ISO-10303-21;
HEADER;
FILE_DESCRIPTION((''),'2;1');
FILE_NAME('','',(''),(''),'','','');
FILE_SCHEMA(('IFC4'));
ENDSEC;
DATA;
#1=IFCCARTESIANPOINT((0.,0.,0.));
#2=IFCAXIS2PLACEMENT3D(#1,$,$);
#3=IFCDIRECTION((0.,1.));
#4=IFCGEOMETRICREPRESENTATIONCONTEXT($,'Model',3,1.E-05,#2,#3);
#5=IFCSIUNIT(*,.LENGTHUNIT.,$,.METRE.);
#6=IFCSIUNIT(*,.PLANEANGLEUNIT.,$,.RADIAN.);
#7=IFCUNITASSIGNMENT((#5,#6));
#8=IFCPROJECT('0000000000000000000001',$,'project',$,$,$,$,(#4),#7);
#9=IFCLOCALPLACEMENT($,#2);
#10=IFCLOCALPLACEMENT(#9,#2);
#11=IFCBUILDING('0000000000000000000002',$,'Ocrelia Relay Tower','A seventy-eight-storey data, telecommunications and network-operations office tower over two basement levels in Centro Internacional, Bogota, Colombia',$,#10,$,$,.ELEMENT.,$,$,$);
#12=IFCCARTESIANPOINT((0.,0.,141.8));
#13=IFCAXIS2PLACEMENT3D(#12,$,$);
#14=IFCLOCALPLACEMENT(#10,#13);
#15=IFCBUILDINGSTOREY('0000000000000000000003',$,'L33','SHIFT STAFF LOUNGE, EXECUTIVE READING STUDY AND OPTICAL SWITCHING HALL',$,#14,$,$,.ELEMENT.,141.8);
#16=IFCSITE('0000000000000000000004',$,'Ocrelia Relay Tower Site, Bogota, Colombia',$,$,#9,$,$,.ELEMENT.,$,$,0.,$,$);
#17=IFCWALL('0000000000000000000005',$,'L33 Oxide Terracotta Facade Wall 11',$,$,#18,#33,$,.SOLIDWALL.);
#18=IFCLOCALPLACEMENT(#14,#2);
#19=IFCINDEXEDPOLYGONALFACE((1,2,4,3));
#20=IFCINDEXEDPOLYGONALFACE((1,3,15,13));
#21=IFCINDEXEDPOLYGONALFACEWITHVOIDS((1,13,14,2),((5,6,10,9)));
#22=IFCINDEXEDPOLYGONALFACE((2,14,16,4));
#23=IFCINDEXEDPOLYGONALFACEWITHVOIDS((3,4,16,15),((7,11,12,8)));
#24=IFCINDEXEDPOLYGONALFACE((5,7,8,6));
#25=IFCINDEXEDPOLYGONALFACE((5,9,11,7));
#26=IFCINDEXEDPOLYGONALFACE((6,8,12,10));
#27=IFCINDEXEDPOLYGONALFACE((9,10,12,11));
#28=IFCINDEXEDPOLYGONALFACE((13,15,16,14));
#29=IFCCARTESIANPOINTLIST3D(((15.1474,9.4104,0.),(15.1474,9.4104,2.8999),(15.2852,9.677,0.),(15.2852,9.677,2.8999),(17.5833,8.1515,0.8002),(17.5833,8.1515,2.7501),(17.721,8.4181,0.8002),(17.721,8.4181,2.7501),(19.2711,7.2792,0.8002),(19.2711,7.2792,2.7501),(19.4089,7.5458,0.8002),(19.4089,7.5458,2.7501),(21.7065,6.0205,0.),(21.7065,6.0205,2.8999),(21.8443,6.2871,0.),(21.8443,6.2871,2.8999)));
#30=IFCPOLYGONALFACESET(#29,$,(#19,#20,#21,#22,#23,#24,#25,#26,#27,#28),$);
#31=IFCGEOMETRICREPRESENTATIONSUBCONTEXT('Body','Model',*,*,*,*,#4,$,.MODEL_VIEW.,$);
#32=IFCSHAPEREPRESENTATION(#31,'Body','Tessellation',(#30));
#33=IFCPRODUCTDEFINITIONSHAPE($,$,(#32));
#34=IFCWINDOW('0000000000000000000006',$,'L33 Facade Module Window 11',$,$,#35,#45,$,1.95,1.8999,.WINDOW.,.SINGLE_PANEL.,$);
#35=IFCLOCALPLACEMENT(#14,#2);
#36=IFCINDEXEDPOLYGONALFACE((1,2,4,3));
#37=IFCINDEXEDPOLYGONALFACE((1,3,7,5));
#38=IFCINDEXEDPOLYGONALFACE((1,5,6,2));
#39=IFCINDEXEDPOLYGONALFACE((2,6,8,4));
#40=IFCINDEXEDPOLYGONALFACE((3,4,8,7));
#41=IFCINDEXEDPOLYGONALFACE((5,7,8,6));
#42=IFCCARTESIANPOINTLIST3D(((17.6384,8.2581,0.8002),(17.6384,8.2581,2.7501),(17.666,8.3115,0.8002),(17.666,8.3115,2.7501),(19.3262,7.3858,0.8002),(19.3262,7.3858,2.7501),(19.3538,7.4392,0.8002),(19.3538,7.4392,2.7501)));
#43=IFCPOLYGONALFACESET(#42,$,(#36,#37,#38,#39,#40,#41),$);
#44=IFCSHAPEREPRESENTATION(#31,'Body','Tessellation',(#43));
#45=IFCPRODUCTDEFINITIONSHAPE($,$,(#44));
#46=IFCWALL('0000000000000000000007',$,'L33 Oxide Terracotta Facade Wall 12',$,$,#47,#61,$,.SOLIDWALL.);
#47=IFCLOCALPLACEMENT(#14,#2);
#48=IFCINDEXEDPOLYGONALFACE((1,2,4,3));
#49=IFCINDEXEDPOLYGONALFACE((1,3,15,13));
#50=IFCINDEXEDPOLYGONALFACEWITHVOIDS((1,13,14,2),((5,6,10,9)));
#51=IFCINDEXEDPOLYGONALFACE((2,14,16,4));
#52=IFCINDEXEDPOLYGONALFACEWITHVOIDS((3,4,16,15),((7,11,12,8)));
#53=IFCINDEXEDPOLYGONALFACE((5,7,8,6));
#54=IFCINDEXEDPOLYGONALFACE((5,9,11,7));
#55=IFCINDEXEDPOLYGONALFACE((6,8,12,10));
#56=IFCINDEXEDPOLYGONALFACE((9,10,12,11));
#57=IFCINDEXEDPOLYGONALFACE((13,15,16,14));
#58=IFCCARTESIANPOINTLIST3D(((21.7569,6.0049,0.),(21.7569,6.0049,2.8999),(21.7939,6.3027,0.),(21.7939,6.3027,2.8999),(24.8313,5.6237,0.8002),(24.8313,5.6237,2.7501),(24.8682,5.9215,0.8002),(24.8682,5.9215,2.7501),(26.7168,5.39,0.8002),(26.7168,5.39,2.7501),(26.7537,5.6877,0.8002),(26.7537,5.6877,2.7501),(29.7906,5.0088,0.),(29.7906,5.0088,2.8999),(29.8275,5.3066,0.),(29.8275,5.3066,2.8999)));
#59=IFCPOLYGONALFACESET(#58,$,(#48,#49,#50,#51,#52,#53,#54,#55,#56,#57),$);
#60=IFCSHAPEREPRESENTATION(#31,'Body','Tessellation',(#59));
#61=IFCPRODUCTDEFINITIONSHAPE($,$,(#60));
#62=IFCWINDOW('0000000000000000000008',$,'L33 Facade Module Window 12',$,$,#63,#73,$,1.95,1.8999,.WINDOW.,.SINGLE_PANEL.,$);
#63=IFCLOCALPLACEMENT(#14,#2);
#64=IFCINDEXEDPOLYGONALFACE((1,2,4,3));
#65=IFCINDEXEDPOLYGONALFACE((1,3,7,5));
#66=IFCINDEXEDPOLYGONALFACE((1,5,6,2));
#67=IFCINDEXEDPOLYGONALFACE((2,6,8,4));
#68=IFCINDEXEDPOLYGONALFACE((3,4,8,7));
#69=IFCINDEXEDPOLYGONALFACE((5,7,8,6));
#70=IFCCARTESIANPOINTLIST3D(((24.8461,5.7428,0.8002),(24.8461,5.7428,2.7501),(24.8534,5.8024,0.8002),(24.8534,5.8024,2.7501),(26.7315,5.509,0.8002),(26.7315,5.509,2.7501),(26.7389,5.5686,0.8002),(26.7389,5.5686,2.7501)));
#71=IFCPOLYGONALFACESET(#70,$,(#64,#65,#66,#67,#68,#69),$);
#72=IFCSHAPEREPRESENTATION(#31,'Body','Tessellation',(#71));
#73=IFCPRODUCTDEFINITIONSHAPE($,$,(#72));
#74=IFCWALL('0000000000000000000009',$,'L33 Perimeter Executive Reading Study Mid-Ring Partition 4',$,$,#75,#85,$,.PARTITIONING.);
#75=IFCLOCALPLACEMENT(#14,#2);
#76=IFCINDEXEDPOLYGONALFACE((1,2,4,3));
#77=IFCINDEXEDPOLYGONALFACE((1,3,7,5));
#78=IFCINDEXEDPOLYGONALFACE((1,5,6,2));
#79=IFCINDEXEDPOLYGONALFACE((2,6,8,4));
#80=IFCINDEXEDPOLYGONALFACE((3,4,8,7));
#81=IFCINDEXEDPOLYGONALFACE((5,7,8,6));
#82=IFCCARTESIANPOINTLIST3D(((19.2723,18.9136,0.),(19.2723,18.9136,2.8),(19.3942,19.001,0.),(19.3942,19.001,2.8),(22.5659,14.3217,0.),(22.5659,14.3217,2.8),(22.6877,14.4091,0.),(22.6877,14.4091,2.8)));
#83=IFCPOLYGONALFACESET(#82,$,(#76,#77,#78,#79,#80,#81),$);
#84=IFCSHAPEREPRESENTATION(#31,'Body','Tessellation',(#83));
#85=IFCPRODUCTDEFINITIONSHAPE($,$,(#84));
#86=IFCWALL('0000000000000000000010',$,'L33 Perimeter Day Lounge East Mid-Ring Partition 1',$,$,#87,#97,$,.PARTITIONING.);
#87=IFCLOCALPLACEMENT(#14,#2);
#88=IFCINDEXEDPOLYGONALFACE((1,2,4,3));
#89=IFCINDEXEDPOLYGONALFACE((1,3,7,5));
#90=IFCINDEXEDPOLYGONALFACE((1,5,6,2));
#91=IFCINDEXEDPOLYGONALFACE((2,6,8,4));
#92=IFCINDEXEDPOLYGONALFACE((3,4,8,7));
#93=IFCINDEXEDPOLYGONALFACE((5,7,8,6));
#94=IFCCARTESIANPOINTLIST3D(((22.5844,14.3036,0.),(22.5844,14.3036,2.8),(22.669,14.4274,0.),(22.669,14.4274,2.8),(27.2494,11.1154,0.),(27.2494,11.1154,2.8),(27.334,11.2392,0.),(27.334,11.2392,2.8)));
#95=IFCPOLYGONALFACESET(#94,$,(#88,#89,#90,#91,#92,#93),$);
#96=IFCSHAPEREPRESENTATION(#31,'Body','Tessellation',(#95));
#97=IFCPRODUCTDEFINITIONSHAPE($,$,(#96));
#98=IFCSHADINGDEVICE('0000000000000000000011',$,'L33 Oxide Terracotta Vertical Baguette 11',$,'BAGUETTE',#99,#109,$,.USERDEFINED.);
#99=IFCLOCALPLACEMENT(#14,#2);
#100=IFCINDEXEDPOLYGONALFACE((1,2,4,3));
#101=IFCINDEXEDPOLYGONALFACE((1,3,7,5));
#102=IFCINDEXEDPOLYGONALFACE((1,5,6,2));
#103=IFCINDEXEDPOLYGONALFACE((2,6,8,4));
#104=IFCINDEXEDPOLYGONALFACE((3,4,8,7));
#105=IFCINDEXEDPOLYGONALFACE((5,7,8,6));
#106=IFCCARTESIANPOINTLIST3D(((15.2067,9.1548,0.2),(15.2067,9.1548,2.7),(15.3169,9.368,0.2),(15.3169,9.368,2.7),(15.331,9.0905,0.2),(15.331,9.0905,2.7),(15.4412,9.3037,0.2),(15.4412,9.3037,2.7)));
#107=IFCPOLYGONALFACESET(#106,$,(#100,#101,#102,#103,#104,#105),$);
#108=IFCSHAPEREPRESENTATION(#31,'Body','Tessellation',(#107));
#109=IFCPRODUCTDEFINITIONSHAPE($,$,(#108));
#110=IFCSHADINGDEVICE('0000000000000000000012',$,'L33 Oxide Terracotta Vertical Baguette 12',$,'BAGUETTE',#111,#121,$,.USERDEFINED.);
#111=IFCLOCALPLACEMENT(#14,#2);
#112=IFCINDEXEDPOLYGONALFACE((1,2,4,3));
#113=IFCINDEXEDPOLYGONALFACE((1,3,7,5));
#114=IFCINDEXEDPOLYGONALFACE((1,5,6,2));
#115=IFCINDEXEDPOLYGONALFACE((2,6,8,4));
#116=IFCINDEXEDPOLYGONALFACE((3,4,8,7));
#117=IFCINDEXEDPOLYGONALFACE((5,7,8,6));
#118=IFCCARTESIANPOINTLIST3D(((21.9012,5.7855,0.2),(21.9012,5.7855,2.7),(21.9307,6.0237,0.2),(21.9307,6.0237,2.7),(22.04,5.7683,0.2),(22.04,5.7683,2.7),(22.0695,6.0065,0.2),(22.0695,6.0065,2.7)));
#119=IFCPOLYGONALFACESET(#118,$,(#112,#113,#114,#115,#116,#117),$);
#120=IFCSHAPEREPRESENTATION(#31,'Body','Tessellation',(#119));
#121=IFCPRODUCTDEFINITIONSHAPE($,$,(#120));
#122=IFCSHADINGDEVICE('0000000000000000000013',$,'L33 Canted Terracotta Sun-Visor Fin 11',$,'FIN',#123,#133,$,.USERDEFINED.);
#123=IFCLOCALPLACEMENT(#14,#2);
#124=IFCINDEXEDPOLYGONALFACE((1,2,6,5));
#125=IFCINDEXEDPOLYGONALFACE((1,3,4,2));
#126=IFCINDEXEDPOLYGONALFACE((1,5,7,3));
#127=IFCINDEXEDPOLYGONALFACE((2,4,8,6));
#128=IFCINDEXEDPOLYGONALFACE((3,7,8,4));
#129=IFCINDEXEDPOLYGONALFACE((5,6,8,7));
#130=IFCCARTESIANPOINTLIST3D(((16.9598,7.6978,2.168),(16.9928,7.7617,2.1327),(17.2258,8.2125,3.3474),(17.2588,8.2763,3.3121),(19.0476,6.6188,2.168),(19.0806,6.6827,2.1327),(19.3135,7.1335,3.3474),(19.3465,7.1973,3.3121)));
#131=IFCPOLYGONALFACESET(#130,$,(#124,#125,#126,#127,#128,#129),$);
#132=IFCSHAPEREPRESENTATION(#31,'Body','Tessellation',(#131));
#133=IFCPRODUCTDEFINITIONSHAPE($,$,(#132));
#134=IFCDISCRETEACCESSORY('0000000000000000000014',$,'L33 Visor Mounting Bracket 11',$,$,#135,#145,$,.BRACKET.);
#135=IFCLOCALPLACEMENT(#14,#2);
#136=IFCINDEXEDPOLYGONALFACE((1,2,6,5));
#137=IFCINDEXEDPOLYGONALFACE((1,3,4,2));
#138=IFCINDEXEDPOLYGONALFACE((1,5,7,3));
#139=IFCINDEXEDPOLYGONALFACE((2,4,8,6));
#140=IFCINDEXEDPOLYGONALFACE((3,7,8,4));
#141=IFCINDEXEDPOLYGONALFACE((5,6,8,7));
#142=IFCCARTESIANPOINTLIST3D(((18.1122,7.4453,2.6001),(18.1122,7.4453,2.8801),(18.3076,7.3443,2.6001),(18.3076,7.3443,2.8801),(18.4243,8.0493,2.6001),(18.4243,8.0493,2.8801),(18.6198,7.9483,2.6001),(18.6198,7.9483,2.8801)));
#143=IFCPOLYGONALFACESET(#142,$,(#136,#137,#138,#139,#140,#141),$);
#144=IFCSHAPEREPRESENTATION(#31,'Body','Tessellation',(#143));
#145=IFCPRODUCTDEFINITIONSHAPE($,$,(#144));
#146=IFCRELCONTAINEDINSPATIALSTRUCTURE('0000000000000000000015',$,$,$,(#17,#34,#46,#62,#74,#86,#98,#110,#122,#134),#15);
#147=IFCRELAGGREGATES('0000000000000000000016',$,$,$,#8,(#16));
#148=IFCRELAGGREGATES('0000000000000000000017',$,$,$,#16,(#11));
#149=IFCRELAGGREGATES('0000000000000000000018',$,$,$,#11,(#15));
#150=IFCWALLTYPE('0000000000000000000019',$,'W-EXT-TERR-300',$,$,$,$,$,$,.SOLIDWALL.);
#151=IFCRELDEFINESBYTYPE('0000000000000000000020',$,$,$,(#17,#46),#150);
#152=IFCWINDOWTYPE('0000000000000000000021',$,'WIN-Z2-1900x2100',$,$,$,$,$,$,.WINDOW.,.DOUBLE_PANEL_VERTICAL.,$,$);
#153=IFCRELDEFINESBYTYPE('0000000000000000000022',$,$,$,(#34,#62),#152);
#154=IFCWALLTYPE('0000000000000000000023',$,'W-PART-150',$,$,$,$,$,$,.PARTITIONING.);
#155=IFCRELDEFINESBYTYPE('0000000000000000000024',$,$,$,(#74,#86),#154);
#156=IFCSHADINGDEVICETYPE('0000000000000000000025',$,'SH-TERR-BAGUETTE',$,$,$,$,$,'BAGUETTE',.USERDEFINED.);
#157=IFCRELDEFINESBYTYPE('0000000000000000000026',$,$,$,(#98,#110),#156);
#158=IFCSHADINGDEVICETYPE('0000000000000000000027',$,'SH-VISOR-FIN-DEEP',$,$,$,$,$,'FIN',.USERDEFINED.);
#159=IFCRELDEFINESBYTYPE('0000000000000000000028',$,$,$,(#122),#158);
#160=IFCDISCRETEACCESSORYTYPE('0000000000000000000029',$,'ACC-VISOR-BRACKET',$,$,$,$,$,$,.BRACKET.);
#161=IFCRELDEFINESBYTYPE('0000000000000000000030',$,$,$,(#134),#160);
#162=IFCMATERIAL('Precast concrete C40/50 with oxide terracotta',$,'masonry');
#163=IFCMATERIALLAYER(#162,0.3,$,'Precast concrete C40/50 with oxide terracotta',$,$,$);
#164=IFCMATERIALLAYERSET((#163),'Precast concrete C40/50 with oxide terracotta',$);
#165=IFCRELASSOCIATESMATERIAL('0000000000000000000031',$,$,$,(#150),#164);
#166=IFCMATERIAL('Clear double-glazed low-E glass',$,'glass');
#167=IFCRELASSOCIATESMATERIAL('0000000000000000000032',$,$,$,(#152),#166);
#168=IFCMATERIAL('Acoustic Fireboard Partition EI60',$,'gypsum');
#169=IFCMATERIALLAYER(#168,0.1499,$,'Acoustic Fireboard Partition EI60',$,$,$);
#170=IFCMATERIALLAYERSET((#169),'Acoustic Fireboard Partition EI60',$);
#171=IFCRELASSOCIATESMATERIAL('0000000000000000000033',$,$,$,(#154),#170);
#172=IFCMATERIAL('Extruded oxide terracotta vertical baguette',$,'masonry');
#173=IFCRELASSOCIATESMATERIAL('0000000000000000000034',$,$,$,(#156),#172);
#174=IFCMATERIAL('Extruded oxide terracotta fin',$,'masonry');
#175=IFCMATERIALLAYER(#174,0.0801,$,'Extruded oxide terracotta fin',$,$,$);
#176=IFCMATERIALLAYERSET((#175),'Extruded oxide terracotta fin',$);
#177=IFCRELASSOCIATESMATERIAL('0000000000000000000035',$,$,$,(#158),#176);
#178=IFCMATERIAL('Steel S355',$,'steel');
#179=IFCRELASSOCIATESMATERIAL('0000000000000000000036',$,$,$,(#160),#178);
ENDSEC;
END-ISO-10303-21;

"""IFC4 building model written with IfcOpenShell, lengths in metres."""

from ifc_helpers import new_model, si_unit, direction, frame, frame_2d, origin, origin_2d, place, context, subcontext, project, spatial, rectangle, extrude, material, layer, layer_set, type_object, element, fill, save


model = new_model("IFC4")

# Units and contexts
model_context = context("Model", 3, precision=1e-05, world=origin(), true_north=direction((0.0, 1.0)))
body_context = subcontext(model_context, "Body", "Model", "MODEL_VIEW")
ifc_project = project(units=[si_unit("LENGTHUNIT", "METRE"), si_unit("PLANEANGLEUNIT", "RADIAN")], contexts=[model_context])

# Site, building, storey
site_placement = place(None, origin())
site = spatial("IfcSite", under=ifc_project, at=site_placement, Name="Ocrelia Relay Tower Site, Bogota, Colombia", CompositionType="ELEMENT", RefElevation=0.0)
building_placement = place(site_placement, origin())
building = spatial("IfcBuilding", under=site, at=building_placement, Name="Ocrelia Relay Tower", Description="A seventy-eight-storey data, telecommunications and network-operations office tower over two basement levels in Centro Internacional, Bogota, Colombia", CompositionType="ELEMENT")
storey_placement = place(building_placement, frame((0.0, 0.0, 141.8)))
storey = spatial("IfcBuildingStorey", under=building, at=storey_placement, Name="L33", Description="SHIFT STAFF LOUNGE, EXECUTIVE READING STUDY AND OPTICAL SWITCHING HALL", CompositionType="ELEMENT", Elevation=141.8)

# Shared definitions
ifc_material_1 = material(Name="Steel S355", Category="steel")

# Shared definitions
ifc_material_2 = material(Name="Clear double-glazed low-E glass", Category="glass")

# Walls, openings, windows
ifc_material_3 = material(Name="Precast concrete C40/50 with oxide terracotta", Category="masonry")
ifc_layer_1 = layer(ifc_material_3, 0.3, Name="Precast concrete C40/50 with oxide terracotta")
ifc_layer_set_1 = layer_set([ifc_layer_1], Name="Precast concrete C40/50 with oxide terracotta")
wall_type_1 = type_object("IfcWallType", Name="W-EXT-TERR-300", PredefinedType="SOLIDWALL", material=ifc_layer_set_1)
wall_1_placement = place(storey_placement, frame((15.2163, 9.5437, 0.0), z_axis=(0.0, 0.0, 1.0), x_axis=(0.888369, -0.459131, 0.0)))
wall_1 = element("IfcWall", 1, at=wall_1_placement, inside=storey, type_object=wall_type_1, Name="L33 Oxide Terracotta Facade Wall 11", PredefinedType="SOLIDWALL", context=body_context, shape_type="SweptSolid", body=[
    extrude(rectangle(XDim=7.3833, YDim=0.3, at=frame_2d((3.6917, 0.0))), origin(), (0.0, 0.0, 1.0), 2.8999),
])
opening_1_placement = place(wall_1_placement, frame((2.7419, 0.0, 0.8)))
opening_1 = element("IfcOpeningElement", 2, at=opening_1_placement, cuts=wall_1, PredefinedType="OPENING", context=body_context, shape_type="SweptSolid", body=[
    extrude(rectangle(XDim=1.8999, YDim=1.95, at=frame_2d((0.95, 0.9751))), frame((0.0, 0.1602, 0.0), z_axis=(0.0, -1.0, 0.0), x_axis=(1.0, 0.0, 0.0)), (0.0, 0.0, 1.0), 0.3201),
])
window_type = type_object("IfcWindowType", Name="WIN-Z2-1900x2100", PartitioningType="DOUBLE_PANEL_VERTICAL", PredefinedType="WINDOW", material=ifc_material_2)
window_1_placement = place(opening_1_placement, origin())
window_1 = element("IfcWindow", 3, at=window_1_placement, inside=storey, type_object=window_type, Name="L33 Facade Module Window 11", OverallHeight=1.95, OverallWidth=1.8999, PartitioningType="SINGLE_PANEL", PredefinedType="WINDOW", context=body_context, shape_type="SweptSolid", body=[
    extrude(rectangle(XDim=1.8999, YDim=1.95, at=frame_2d((0.95, 0.9751))), frame((0.0, 0.03, 0.0), z_axis=(0.0, -1.0, 0.0), x_axis=(1.0, 0.0, 0.0)), (0.0, 0.0, 1.0), 0.0601),
])
fill(opening_1, window_1)
wall_2_placement = place(storey_placement, frame((21.7754, 6.1538, 0.0), z_axis=(0.0, 0.0, 1.0), x_axis=(0.992401, -0.123047, 0.0)))
wall_2 = element("IfcWall", 4, at=wall_2_placement, inside=storey, type_object=wall_type_1, Name="L33 Oxide Terracotta Facade Wall 12", PredefinedType="SOLIDWALL", context=body_context, shape_type="SweptSolid", body=[
    extrude(rectangle(XDim=8.0952, YDim=0.3, at=frame_2d((4.0476, 0.0))), origin(), (0.0, 0.0, 1.0), 2.8999),
])
opening_2_placement = place(wall_2_placement, frame((3.0979, 0.0, 0.8)))
opening_2 = element("IfcOpeningElement", 5, at=opening_2_placement, cuts=wall_2, PredefinedType="OPENING", context=body_context, shape_type="SweptSolid", body=[
    extrude(rectangle(XDim=1.8999, YDim=1.95, at=frame_2d((0.95, 0.9751))), frame((0.0, 0.1602, 0.0), z_axis=(0.0, -1.0, 0.0), x_axis=(1.0, 0.0, 0.0)), (0.0, 0.0, 1.0), 0.3201),
])
window_2_placement = place(opening_2_placement, origin())
window_2 = element("IfcWindow", 6, at=window_2_placement, inside=storey, type_object=window_type, Name="L33 Facade Module Window 12", OverallHeight=1.95, OverallWidth=1.8999, PartitioningType="SINGLE_PANEL", PredefinedType="WINDOW", context=body_context, shape_type="SweptSolid", body=[
    extrude(rectangle(XDim=1.8999, YDim=1.95, at=frame_2d((0.95, 0.9751))), frame((0.0, 0.03, 0.0), z_axis=(0.0, -1.0, 0.0), x_axis=(1.0, 0.0, 0.0)), (0.0, 0.0, 1.0), 0.0601),
])
fill(opening_2, window_2)

# Walls
ifc_material_4 = material(Name="Acoustic Fireboard Partition EI60", Category="gypsum")
ifc_layer_2 = layer(ifc_material_4, 0.1499, Name="Acoustic Fireboard Partition EI60")
ifc_layer_set_2 = layer_set([ifc_layer_2], Name="Acoustic Fireboard Partition EI60")
wall_type_2 = type_object("IfcWallType", Name="W-PART-150", PredefinedType="PARTITIONING", material=ifc_layer_set_2)
wall_3_placement = place(storey_placement, frame((19.3333, 18.9573, 0.0), z_axis=(0.0, 0.0, 1.0), x_axis=(0.582831, -0.812593, 0.0)))
element("IfcWall", 7, at=wall_3_placement, inside=storey, type_object=wall_type_2, Name="L33 Perimeter Executive Reading Study Mid-Ring Partition 4", PredefinedType="PARTITIONING", context=body_context, shape_type="SweptSolid", body=[
    extrude(rectangle(XDim=5.6509, YDim=0.1499, at=frame_2d((2.8254, 0.0))), origin(), (0.0, 0.0, 1.0), 2.8),
])
wall_4_placement = place(storey_placement, frame((22.6267, 14.3655, 0.0), z_axis=(0.0, 0.0, 1.0), x_axis=(0.825607, -0.564245, 0.0)))
element("IfcWall", 8, at=wall_4_placement, inside=storey, type_object=wall_type_2, Name="L33 Perimeter Day Lounge East Mid-Ring Partition 1", PredefinedType="PARTITIONING", context=body_context, shape_type="SweptSolid", body=[
    extrude(rectangle(XDim=5.6504, YDim=0.1499, at=frame_2d((2.8252, 0.0))), origin(), (0.0, 0.0, 1.0), 2.8),
])

# Shading devices
ifc_material_5 = material(Name="Extruded oxide terracotta vertical baguette", Category="masonry")
shading_device_type_1 = type_object("IfcShadingDeviceType", Name="SH-TERR-BAGUETTE", ElementType="BAGUETTE", PredefinedType="USERDEFINED", material=ifc_material_5)
for number, where, z_axis, x_axis, name in (
    (9, (15.324, 9.2292, 0.2), (0.0, 0.0, 1.0), (0.888369, -0.45913, 0.0), "L33 Oxide Terracotta Vertical Baguette 11"),
    (10, (21.9854, 5.896, 0.2), (0.0, 0.0, 1.0), (0.992401, -0.123049, 0.0), "L33 Oxide Terracotta Vertical Baguette 12"),
):
    element("IfcShadingDevice", number, at=place(storey_placement, frame(where, z_axis=z_axis, x_axis=x_axis)), inside=storey, type_object=shading_device_type_1, Name=name, ObjectType="BAGUETTE", PredefinedType="USERDEFINED", context=body_context, shape_type="SweptSolid", body=[
        extrude(rectangle(XDim=0.1399, YDim=0.24, at=origin_2d()), origin(), (0.0, 0.0, 1.0), 2.5),
    ])
ifc_material_6 = material(Name="Extruded oxide terracotta fin", Category="masonry")
ifc_layer_3 = layer(ifc_material_6, 0.0801, Name="Extruded oxide terracotta fin")
ifc_layer_set_3 = layer_set([ifc_layer_3], Name="Extruded oxide terracotta fin")
shading_device_type_2 = type_object("IfcShadingDeviceType", Name="SH-VISOR-FIN-DEEP", ElementType="FIN", PredefinedType="USERDEFINED", material=ifc_layer_set_3)
shading_device_placement = place(storey_placement, frame((18.1697, 7.4795, 2.7224), z_axis=(-0.4121, -0.79737, 0.440879), x_axis=(0.888369, -0.45913, 0.0)))
element("IfcShadingDevice", 11, at=shading_device_placement, inside=storey, type_object=shading_device_type_2, Name="L33 Canted Terracotta Sun-Visor Fin 11", ObjectType="FIN", PredefinedType="USERDEFINED", context=body_context, shape_type="SweptSolid", body=[
    extrude(rectangle(XDim=2.3501, YDim=1.314, at=origin_2d()), origin(), (0.0, 0.0, 1.0), 0.0801),
])

# Discrete accessory
discrete_accessory_type = type_object("IfcDiscreteAccessoryType", Name="ACC-VISOR-BRACKET", PredefinedType="BRACKET", material=ifc_material_1)
discrete_accessory_placement = place(storey_placement, frame((18.366, 7.6968, 2.6001), z_axis=(0.0, 0.0, 1.0), x_axis=(0.888369, -0.45913, 0.0)))
element("IfcDiscreteAccessory", 12, at=discrete_accessory_placement, inside=storey, type_object=discrete_accessory_type, Name="L33 Visor Mounting Bracket 11", PredefinedType="BRACKET", context=body_context, shape_type="SweptSolid", body=[
    extrude(rectangle(XDim=0.22, YDim=0.6799, at=origin_2d()), origin(), (0.0, 0.0, 1.0), 0.28),
])

save(model, "model.ifc")
